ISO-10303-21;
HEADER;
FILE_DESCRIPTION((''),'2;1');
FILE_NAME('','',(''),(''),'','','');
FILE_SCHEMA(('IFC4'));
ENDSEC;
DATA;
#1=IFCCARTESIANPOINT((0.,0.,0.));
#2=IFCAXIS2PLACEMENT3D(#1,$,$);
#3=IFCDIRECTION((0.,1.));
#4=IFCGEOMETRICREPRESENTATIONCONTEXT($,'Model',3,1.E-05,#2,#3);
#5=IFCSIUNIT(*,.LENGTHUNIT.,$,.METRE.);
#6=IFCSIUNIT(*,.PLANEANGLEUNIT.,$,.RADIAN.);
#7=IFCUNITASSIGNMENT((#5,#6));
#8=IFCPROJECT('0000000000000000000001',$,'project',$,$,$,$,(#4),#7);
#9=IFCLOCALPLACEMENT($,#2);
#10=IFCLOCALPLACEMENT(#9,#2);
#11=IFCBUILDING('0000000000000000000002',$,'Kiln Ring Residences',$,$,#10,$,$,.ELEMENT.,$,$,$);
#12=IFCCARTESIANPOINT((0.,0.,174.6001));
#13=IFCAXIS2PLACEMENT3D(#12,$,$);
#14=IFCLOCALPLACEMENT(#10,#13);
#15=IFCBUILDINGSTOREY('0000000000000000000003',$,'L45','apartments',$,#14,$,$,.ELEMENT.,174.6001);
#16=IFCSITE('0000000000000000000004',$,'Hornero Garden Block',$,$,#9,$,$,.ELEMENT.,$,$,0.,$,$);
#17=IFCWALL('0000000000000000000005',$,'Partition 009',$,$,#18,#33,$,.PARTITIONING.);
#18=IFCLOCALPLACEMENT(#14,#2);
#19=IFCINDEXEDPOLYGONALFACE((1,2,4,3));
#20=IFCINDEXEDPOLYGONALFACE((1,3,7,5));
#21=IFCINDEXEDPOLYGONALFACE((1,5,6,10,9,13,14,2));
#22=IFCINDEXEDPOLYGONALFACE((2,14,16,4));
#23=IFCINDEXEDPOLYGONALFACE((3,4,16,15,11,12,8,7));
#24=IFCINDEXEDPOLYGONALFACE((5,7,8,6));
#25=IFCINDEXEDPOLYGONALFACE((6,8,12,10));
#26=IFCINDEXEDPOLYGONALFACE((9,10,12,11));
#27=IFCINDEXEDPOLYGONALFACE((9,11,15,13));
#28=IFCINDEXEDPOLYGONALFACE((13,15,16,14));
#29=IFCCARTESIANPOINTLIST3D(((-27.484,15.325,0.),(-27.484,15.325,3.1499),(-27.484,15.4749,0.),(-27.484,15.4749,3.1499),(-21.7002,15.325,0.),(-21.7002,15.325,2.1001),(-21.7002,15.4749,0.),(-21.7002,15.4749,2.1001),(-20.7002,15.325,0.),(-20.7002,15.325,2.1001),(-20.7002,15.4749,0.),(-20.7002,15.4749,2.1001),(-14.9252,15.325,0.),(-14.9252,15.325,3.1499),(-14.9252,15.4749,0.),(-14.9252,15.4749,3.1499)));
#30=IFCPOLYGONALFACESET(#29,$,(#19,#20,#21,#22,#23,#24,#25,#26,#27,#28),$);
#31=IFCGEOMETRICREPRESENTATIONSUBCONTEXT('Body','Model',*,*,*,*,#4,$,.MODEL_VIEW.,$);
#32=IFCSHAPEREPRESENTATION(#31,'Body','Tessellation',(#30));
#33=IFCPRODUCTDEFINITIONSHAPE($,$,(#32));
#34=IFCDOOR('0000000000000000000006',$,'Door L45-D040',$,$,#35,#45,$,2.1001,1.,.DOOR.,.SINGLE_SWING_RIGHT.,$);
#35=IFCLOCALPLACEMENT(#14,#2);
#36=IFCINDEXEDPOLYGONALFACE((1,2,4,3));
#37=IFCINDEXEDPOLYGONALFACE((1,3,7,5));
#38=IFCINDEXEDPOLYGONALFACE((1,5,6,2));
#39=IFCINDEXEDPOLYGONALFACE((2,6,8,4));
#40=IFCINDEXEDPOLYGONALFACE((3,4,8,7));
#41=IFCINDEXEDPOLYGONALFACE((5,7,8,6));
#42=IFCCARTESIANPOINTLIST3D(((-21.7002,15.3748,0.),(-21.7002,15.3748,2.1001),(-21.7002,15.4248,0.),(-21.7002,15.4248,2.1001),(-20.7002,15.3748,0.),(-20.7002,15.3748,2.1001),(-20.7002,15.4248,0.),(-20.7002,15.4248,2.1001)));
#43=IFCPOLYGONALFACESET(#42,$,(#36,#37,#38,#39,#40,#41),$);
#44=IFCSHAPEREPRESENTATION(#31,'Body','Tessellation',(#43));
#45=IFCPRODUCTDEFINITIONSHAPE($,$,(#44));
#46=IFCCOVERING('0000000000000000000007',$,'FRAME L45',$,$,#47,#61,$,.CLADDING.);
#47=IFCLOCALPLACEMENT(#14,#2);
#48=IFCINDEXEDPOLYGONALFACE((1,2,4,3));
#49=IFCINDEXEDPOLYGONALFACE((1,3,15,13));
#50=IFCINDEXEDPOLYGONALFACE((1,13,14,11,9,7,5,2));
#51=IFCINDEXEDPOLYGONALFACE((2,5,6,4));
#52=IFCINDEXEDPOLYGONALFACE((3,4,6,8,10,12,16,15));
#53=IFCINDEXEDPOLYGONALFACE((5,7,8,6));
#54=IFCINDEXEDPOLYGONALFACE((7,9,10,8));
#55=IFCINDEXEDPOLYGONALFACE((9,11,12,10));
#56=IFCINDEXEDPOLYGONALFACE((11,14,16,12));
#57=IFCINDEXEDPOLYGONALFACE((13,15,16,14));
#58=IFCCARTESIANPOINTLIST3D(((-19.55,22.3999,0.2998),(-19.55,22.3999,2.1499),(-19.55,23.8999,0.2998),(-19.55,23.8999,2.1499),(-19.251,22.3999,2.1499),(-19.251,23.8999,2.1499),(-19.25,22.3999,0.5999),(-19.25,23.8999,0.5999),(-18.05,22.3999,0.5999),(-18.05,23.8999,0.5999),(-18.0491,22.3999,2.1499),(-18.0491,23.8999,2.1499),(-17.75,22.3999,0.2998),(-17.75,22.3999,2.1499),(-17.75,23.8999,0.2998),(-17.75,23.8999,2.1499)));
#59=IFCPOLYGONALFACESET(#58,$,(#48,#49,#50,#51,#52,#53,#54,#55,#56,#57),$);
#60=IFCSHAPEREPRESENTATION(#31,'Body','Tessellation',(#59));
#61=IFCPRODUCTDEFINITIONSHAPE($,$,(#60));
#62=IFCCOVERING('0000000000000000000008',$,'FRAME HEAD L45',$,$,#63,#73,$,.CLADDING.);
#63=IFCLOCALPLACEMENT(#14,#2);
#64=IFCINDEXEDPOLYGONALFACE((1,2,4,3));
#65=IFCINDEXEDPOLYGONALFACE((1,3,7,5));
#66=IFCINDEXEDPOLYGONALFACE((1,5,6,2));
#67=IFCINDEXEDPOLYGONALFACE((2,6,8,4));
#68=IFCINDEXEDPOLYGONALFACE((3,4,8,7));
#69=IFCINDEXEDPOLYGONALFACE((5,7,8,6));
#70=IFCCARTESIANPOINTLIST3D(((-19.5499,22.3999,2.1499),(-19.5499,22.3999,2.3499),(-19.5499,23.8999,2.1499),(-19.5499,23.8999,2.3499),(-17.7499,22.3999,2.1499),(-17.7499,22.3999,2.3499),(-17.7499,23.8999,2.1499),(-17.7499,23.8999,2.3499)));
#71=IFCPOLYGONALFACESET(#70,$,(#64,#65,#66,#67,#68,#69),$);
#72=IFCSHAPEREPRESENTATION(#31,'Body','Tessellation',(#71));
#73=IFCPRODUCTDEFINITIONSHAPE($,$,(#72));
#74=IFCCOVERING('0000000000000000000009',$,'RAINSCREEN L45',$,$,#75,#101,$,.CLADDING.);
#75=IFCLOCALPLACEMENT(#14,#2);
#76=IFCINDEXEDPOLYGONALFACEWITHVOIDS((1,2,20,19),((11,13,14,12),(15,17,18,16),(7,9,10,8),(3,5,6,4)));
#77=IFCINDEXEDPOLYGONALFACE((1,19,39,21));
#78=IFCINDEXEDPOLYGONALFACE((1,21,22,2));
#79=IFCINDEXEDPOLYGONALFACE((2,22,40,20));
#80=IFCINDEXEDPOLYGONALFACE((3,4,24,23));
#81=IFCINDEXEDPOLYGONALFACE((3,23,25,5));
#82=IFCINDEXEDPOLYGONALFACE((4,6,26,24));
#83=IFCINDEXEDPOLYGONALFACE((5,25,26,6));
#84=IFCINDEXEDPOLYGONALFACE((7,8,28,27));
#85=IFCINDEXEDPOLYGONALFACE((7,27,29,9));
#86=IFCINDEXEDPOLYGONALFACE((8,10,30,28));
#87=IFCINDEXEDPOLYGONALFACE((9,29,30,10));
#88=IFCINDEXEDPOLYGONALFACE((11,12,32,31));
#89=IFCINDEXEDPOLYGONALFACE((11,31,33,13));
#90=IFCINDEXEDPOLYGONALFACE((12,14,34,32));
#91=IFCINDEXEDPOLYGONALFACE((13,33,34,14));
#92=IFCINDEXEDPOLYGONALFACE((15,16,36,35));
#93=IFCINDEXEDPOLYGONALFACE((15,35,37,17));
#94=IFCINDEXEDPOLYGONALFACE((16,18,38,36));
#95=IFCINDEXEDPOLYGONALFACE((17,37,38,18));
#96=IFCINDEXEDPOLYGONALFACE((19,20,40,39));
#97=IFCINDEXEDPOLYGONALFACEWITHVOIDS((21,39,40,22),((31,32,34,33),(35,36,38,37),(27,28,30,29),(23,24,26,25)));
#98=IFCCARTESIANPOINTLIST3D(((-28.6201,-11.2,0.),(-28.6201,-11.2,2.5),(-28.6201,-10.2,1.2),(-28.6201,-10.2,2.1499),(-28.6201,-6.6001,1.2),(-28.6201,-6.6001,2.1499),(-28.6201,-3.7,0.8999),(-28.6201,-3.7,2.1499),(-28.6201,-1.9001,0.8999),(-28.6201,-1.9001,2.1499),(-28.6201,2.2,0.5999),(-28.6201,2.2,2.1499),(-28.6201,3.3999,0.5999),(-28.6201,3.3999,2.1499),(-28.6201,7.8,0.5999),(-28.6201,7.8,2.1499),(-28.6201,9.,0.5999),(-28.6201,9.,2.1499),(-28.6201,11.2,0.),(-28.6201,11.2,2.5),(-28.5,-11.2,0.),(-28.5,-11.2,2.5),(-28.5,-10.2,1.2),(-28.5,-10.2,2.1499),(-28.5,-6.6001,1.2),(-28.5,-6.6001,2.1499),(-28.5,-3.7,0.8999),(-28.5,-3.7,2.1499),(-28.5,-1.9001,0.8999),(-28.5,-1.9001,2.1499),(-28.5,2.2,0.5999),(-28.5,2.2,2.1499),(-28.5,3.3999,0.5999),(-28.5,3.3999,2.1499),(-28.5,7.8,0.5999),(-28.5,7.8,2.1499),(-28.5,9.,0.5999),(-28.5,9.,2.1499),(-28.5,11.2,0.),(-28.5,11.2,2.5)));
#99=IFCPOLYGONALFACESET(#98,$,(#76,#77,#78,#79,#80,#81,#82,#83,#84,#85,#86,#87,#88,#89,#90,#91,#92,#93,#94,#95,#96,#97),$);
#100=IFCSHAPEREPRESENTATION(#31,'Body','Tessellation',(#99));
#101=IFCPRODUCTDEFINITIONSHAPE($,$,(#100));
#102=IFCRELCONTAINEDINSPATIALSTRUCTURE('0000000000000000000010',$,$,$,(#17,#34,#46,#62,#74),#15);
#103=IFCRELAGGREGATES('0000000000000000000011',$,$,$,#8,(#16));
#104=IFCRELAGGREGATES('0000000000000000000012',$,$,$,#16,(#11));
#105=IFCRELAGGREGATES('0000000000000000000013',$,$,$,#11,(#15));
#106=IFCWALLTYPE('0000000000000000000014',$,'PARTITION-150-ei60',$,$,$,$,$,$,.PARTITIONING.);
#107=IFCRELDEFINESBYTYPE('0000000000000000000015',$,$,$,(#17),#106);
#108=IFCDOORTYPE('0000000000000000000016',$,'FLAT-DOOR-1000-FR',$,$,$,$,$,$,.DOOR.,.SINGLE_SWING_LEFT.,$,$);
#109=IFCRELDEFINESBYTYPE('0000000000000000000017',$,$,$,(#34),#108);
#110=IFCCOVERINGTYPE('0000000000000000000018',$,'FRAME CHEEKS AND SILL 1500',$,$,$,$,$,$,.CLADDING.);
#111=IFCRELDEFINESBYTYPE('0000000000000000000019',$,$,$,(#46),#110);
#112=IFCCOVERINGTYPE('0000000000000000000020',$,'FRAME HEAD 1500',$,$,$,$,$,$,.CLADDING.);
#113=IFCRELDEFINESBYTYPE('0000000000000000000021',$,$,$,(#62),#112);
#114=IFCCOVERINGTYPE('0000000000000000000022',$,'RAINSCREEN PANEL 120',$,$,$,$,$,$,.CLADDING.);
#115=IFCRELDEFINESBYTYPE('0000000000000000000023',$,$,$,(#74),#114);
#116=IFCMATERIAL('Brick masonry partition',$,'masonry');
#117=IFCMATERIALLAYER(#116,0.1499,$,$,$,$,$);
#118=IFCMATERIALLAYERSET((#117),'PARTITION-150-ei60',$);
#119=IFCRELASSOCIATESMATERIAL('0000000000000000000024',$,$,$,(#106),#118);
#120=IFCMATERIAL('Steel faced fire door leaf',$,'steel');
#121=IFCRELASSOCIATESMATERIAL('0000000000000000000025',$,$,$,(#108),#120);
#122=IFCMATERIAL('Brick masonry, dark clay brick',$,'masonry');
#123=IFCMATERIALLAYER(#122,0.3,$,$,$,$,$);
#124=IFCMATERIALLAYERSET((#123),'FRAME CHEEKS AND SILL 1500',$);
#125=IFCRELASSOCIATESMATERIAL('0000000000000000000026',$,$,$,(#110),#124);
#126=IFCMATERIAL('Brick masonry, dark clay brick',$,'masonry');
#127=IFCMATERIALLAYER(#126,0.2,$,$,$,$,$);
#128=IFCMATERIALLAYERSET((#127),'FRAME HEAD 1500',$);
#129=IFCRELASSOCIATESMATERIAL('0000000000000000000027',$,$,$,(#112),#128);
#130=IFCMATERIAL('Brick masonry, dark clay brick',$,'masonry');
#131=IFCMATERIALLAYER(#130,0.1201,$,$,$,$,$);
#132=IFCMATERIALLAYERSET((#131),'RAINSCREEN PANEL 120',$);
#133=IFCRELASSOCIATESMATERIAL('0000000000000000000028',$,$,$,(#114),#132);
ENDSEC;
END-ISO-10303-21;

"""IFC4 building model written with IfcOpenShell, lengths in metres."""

from ifc_helpers import new_model, si_unit, direction, frame, frame_2d, origin, origin_2d, place, context, subcontext, project, spatial, polyline, rectangle, outline, extrude, material, layer, layer_set, type_object, element, fill, save


model = new_model("IFC4")

# Units and contexts
model_context = context("Model", 3, precision=1e-05, world=origin(), true_north=direction((0.0, 1.0)))
body_context = subcontext(model_context, "Body", "Model", "MODEL_VIEW")
ifc_project = project(units=[si_unit("LENGTHUNIT", "METRE"), si_unit("PLANEANGLEUNIT", "RADIAN")], contexts=[model_context])

# Site, building, storey
site_placement = place(None, origin())
site = spatial("IfcSite", under=ifc_project, at=site_placement, Name="Hornero Garden Block", CompositionType="ELEMENT", RefElevation=0.0)
building_placement = place(site_placement, origin())
building = spatial("IfcBuilding", under=site, at=building_placement, Name="Kiln Ring Residences", CompositionType="ELEMENT")
storey_placement = place(building_placement, frame((0.0, 0.0, 174.6001)))
storey = spatial("IfcBuildingStorey", under=building, at=storey_placement, Name="L45", Description="apartments", CompositionType="ELEMENT", Elevation=174.6001)

# Wall, opening, door
ifc_material_1 = material(Name="Brick masonry partition", Category="masonry")
ifc_layer_1 = layer(ifc_material_1, 0.1499)
ifc_layer_set_1 = layer_set([ifc_layer_1], Name="PARTITION-150-ei60")
wall_type_1 = type_object("IfcWallType", Name="PARTITION-150-ei60", PredefinedType="PARTITIONING", material=ifc_layer_set_1)
wall_1_placement = place(storey_placement, frame((-27.4839, 15.3999, 0.0), z_axis=(0.0, 0.0, 1.0), x_axis=(1.0, 0.0, 0.0)))
wall_1 = element("IfcWall", 1, at=wall_1_placement, inside=storey, type_object=wall_type_1, Name="Partition 009", PredefinedType="PARTITIONING", context=body_context, shape_type="SweptSolid", body=[
    extrude(rectangle(XDim=12.5588, YDim=0.1499, at=frame_2d((6.2793, 0.0))), origin(), (0.0, 0.0, 1.0), 3.1499),
])
opening_1_placement = place(wall_1_placement, frame((5.7837, 0.0, 0.0)))
opening_1 = element("IfcOpeningElement", 2, at=opening_1_placement, cuts=wall_1, PredefinedType="OPENING", context=body_context, shape_type="SweptSolid", body=[
    extrude(rectangle(XDim=1.0, YDim=2.1001, at=frame_2d((0.5, 1.05))), frame((0.0, 0.085, 0.0), z_axis=(0.0, -1.0, 0.0), x_axis=(1.0, 0.0, 0.0)), (0.0, 0.0, 1.0), 0.1699),
])
ifc_material_2 = material(Name="Steel faced fire door leaf", Category="steel")
door_type_1 = type_object("IfcDoorType", Name="FLAT-DOOR-1000-FR", OperationType="SINGLE_SWING_LEFT", PredefinedType="DOOR", material=ifc_material_2)
door_1_placement = place(opening_1_placement, origin())
door_1 = element("IfcDoor", 3, at=door_1_placement, inside=storey, type_object=door_type_1, Name="Door L45-D040", OperationType="SINGLE_SWING_RIGHT", OverallHeight=2.1001, OverallWidth=1.0, PredefinedType="DOOR", context=body_context, shape_type="SweptSolid", body=[
    extrude(rectangle(XDim=1.0, YDim=2.1001, at=frame_2d((0.5, 1.05))), frame((0.0, 0.0249, 0.0), z_axis=(0.0, -1.0, 0.0), x_axis=(1.0, 0.0, 0.0)), (0.0, 0.0, 1.0), 0.05),
])
fill(opening_1, door_1)

# Coverings
ifc_material_3 = material(Name="Brick masonry, dark clay brick", Category="masonry")
ifc_layer_2 = layer(ifc_material_3, 0.3)
ifc_layer_set_2 = layer_set([ifc_layer_2], Name="FRAME CHEEKS AND SILL 1500")
covering_type_1 = type_object("IfcCoveringType", Name="FRAME CHEEKS AND SILL 1500", PredefinedType="CLADDING", material=ifc_layer_set_2)
covering_1_placement = place(storey_placement, frame((-17.75, 23.1499, 0.2998), z_axis=(0.0, 0.0, 1.0), x_axis=(-1.0, 0.0, 0.0)))
element("IfcCovering", 4, at=covering_1_placement, inside=storey, type_object=covering_type_1, Name="FRAME L45", PredefinedType="CLADDING", context=body_context, shape_type="SweptSolid", body=[
    extrude(outline(polyline([(0.0, 0.0), (1.8, 0.0), (1.8, 1.8501), (1.501, 1.8501), (1.5, 0.3), (0.3, 0.3), (0.2991, 1.8501), (0.0, 1.8501), (0.0, 0.0)])), frame((0.0, 0.75, 0.0), z_axis=(0.0, -1.0, 0.0), x_axis=(1.0, 0.0, 0.0)), (0.0, 0.0, 1.0), 1.5),
])
ifc_material_4 = material(Name="Brick masonry, dark clay brick", Category="masonry")
ifc_layer_3 = layer(ifc_material_4, 0.2)
ifc_layer_set_3 = layer_set([ifc_layer_3], Name="FRAME HEAD 1500")
covering_type_2 = type_object("IfcCoveringType", Name="FRAME HEAD 1500", PredefinedType="CLADDING", material=ifc_layer_set_3)
covering_2_placement = place(storey_placement, frame((-18.6499, 23.1499, 2.1499), z_axis=(0.0, 0.0, 1.0), x_axis=(-1.0, 0.0, 0.0)))
element("IfcCovering", 5, at=covering_2_placement, inside=storey, type_object=covering_type_2, Name="FRAME HEAD L45", PredefinedType="CLADDING", context=body_context, shape_type="SweptSolid", body=[
    extrude(rectangle(XDim=1.8, YDim=1.5, at=origin_2d()), origin(), (0.0, 0.0, 1.0), 0.2),
])
ifc_material_5 = material(Name="Brick masonry, dark clay brick", Category="masonry")
ifc_layer_4 = layer(ifc_material_5, 0.1201)
ifc_layer_set_4 = layer_set([ifc_layer_4], Name="RAINSCREEN PANEL 120")
covering_type_3 = type_object("IfcCoveringType", Name="RAINSCREEN PANEL 120", PredefinedType="CLADDING", material=ifc_layer_set_4)
covering_3_placement = place(storey_placement, frame((-28.5601, 11.2, 0.0), z_axis=(0.0, 0.0, 1.0), x_axis=(0.0, -1.0, 0.0)))
element("IfcCovering", 6, at=covering_3_placement, inside=storey, type_object=covering_type_3, Name="RAINSCREEN L45", PredefinedType="CLADDING", context=body_context, shape_type="SweptSolid", body=[
    extrude(outline(polyline([(0.0, 0.0), (22.3999, 0.0), (22.3999, 2.5), (0.0, 2.5), (0.0, 0.0)]), holes=[polyline([(3.3999, 0.5999), (3.3999, 2.1499), (2.2, 2.1499), (2.2, 0.5999), (3.3999, 0.5999)]), polyline([(9.0, 0.5999), (9.0, 2.1499), (7.8, 2.1499), (7.8, 0.5999), (9.0, 0.5999)]), polyline([(14.8999, 0.8999), (14.8999, 2.1499), (13.1001, 2.1499), (13.1001, 0.8999), (14.8999, 0.8999)]), polyline([(21.3999, 1.2), (21.3999, 2.1499), (17.8, 2.1499), (17.8, 1.2), (21.3999, 1.2)])]), frame((0.0, 0.0601, 0.0), z_axis=(0.0, -1.0, 0.0), x_axis=(1.0, 0.0, 0.0)), (0.0, 0.0, 1.0), 0.1201),
])

save(model, "model.ifc")
